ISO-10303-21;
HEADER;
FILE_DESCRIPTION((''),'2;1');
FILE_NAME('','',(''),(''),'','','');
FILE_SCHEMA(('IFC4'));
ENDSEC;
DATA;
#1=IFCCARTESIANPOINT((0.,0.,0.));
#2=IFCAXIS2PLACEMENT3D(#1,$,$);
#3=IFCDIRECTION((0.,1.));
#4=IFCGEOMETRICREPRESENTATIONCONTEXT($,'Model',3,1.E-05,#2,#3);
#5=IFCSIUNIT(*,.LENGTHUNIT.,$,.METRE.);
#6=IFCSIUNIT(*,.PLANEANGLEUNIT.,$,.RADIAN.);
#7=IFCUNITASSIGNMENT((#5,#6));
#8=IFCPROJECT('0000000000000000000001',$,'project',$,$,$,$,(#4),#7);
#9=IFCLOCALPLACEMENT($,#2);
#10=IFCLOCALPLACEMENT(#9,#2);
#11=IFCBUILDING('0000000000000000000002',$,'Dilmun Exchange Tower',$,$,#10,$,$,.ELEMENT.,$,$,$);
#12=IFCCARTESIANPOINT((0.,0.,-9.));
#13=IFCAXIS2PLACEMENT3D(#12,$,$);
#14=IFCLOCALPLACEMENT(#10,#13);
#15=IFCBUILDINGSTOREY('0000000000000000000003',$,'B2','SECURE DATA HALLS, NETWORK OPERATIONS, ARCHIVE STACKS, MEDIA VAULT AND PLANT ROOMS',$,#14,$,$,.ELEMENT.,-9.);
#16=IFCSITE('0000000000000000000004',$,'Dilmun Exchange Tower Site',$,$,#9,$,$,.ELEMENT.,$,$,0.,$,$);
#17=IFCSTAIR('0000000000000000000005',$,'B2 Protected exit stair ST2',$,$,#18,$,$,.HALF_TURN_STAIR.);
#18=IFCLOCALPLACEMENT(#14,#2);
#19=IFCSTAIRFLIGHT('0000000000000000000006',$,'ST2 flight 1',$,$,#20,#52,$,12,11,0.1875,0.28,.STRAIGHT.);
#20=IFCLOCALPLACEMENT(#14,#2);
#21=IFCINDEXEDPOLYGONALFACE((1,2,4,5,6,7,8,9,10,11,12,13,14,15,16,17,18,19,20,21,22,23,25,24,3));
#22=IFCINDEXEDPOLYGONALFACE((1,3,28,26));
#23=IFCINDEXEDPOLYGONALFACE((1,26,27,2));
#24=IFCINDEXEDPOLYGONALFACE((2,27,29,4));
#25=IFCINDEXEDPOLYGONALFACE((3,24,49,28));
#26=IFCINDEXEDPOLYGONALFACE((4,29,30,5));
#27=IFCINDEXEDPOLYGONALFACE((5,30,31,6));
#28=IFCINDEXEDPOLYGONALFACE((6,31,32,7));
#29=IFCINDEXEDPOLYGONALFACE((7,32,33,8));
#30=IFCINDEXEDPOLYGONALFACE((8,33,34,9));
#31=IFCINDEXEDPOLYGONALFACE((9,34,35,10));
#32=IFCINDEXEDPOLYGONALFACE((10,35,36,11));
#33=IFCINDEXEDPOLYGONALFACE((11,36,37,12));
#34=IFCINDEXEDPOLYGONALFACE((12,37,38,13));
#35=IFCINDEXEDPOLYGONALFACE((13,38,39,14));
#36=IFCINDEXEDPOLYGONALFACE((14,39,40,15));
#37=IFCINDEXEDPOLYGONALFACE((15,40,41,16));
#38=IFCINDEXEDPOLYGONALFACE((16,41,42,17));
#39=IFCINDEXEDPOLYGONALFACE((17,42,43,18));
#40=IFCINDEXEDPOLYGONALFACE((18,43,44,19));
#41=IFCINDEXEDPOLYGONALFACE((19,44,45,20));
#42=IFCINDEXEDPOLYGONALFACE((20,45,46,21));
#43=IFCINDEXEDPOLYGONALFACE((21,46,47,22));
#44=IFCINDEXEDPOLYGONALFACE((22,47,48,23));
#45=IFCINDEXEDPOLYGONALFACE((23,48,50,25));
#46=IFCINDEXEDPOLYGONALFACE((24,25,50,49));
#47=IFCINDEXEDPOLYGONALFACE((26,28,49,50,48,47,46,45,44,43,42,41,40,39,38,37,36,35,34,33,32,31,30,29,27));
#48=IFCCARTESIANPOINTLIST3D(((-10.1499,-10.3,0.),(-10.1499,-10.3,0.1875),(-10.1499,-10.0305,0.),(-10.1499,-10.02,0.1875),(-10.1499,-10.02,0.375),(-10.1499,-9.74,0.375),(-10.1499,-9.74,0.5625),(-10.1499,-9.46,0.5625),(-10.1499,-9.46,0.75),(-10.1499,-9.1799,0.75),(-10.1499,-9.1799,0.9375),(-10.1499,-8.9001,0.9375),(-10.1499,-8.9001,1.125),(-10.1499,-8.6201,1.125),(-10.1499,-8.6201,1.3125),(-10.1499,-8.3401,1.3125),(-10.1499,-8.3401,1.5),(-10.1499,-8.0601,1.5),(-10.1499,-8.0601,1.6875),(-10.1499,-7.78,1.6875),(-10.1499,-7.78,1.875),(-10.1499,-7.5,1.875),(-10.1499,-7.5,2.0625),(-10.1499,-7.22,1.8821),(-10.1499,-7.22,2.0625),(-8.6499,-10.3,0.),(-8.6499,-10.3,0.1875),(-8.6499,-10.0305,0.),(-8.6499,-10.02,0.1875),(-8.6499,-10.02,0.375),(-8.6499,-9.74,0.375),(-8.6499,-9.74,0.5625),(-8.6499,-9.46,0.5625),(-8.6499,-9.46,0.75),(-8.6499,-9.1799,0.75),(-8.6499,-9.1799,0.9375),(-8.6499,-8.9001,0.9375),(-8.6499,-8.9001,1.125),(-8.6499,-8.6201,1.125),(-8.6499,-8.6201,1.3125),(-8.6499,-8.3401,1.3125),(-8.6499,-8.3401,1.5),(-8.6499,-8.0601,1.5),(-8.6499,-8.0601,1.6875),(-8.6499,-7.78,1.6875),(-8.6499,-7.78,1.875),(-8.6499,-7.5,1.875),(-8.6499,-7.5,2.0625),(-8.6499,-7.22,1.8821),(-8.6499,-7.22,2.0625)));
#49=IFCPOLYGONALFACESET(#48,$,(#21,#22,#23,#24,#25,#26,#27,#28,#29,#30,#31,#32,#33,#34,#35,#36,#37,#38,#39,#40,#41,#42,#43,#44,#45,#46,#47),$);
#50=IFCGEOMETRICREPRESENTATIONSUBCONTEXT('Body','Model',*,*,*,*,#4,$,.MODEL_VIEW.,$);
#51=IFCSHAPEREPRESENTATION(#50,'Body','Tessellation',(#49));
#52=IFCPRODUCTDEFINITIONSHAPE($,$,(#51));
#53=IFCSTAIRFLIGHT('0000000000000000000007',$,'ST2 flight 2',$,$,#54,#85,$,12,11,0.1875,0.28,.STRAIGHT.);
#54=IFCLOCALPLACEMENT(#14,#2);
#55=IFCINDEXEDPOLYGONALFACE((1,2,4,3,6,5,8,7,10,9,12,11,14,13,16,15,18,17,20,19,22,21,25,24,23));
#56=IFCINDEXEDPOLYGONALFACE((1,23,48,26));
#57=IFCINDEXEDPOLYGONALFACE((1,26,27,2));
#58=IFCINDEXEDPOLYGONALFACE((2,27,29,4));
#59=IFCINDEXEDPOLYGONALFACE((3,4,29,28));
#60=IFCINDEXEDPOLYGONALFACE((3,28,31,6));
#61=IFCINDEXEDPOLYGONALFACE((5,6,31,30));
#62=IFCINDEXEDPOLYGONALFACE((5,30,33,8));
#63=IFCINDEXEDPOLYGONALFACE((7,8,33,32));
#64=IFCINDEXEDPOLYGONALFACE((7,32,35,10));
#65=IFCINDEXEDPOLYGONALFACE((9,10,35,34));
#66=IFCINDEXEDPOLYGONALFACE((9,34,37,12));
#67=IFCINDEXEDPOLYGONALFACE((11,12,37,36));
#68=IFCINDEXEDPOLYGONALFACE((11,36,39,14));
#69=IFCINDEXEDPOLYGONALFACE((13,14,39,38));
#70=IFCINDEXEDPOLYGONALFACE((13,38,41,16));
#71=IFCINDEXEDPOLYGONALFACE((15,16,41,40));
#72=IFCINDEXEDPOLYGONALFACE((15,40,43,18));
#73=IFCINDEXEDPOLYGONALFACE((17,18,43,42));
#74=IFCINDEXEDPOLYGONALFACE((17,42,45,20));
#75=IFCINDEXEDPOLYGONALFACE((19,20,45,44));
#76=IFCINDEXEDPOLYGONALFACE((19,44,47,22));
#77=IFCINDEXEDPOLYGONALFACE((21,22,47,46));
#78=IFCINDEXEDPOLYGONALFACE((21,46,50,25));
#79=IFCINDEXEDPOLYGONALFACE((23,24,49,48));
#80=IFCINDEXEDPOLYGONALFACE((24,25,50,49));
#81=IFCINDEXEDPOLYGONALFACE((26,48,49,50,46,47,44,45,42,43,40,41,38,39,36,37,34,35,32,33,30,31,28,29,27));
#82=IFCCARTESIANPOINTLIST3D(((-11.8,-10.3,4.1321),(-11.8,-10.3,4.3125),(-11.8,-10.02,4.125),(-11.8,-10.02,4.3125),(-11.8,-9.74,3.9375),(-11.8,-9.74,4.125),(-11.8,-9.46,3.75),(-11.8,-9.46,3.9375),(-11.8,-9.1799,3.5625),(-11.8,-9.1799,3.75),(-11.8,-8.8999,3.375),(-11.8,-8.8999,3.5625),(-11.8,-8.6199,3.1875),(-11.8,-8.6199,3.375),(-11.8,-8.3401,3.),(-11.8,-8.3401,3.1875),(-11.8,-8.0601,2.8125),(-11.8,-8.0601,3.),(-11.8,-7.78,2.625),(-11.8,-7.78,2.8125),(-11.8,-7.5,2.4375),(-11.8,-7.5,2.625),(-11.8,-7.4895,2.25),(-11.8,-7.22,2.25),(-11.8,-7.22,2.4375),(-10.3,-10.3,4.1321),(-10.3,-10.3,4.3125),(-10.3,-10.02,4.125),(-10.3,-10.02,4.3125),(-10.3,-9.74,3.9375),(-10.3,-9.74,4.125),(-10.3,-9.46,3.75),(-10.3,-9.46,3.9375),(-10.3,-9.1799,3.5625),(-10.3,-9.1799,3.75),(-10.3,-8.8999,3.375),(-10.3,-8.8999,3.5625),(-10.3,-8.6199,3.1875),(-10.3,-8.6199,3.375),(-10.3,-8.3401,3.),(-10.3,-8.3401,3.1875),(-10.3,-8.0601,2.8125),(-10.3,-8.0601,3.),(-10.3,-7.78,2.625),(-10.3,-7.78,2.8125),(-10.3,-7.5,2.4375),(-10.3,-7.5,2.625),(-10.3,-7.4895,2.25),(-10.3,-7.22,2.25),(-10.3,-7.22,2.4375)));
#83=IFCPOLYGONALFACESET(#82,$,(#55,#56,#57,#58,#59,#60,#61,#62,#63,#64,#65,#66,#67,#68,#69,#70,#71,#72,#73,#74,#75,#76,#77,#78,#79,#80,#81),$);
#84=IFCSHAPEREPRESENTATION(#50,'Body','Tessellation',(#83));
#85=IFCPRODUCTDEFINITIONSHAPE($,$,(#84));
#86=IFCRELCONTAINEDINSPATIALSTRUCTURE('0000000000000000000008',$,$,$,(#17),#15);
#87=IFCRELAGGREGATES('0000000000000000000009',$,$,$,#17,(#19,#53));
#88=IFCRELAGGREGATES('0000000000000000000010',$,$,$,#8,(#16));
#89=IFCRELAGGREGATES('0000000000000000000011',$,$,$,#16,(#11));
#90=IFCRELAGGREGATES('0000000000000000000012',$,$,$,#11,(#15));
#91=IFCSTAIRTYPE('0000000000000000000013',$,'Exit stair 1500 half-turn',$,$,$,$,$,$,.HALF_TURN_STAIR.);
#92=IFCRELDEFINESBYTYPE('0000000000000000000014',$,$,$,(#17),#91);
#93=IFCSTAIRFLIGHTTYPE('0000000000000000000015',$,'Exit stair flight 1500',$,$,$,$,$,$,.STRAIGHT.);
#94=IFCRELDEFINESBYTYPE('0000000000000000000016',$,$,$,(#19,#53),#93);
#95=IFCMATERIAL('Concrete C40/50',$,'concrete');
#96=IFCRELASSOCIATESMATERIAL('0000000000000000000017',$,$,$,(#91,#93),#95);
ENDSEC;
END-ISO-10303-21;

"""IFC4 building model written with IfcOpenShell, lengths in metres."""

from ifc_helpers import new_model, si_unit, direction, frame, origin, place, context, subcontext, project, spatial, polyline, outline, extrude, material, type_object, element, aggregate, save


model = new_model("IFC4")

# Units and contexts
model_context = context("Model", 3, precision=1e-05, world=origin(), true_north=direction((0.0, 1.0)))
body_context = subcontext(model_context, "Body", "Model", "MODEL_VIEW")
ifc_project = project(units=[si_unit("LENGTHUNIT", "METRE"), si_unit("PLANEANGLEUNIT", "RADIAN")], contexts=[model_context])

# Site, building, storey
site_placement = place(None, origin())
site = spatial("IfcSite", under=ifc_project, at=site_placement, Name="Dilmun Exchange Tower Site", CompositionType="ELEMENT", RefElevation=0.0)
building_placement = place(site_placement, origin())
building = spatial("IfcBuilding", under=site, at=building_placement, Name="Dilmun Exchange Tower", CompositionType="ELEMENT")
storey_placement = place(building_placement, frame((0.0, 0.0, -9.0)))
storey = spatial("IfcBuildingStorey", under=building, at=storey_placement, Name="B2", Description="SECURE DATA HALLS, NETWORK OPERATIONS, ARCHIVE STACKS, MEDIA VAULT AND PLANT ROOMS", CompositionType="ELEMENT", Elevation=-9.0)

# Shared definitions
ifc_material_1 = material(Name="Concrete C40/50", Category="concrete")

# Stair, stair flights
stair_type = type_object("IfcStairType", Name="Exit stair 1500 half-turn", PredefinedType="HALF_TURN_STAIR", material=ifc_material_1)
stair_placement = place(storey_placement, origin())
stair = element("IfcStair", 1, at=stair_placement, inside=storey, type_object=stair_type, Name="B2 Protected exit stair ST2", PredefinedType="HALF_TURN_STAIR")
stair_flight_type = type_object("IfcStairFlightType", Name="Exit stair flight 1500", PredefinedType="STRAIGHT", material=ifc_material_1)
stair_flight_1_placement = place(storey_placement, frame((-9.3999, -10.3, 0.0), z_axis=(0.0, 0.0, 1.0), x_axis=(0.0, 1.0, 0.0)))
stair_flight_1 = element("IfcStairFlight", 2, at=stair_flight_1_placement, type_object=stair_flight_type, Name="ST2 flight 1", NumberOfRisers=12, NumberOfTreads=11, PredefinedType="STRAIGHT", RiserHeight=0.1875, TreadLength=0.28, context=body_context, shape_type="SweptSolid", body=[
    extrude(outline(polyline([(0.0, 0.0), (0.0, 0.1875), (0.28, 0.1875), (0.28, 0.375), (0.5601, 0.375), (0.5601, 0.5625), (0.8401, 0.5625), (0.8401, 0.75), (1.1201, 0.75), (1.1201, 0.9375), (1.3999, 0.9375), (1.3999, 1.125), (1.6799, 1.125), (1.6799, 1.3125), (1.96, 1.3125), (1.96, 1.5), (2.24, 1.5), (2.24, 1.6875), (2.52, 1.6875), (2.52, 1.875), (2.8, 1.875), (2.8, 2.0625), (3.0801, 2.0625), (3.0801, 2.25), (3.0801, 1.8821), (0.2695, 0.0), (0.0, 0.0)])), frame((0.0, 0.75, 0.0), z_axis=(0.0, -1.0, 0.0), x_axis=(1.0, 0.0, 0.0)), (0.0, 0.0, 1.0), 1.5),
])
stair_flight_2_placement = place(storey_placement, frame((-11.05, -7.22, 2.25), z_axis=(0.0, 0.0, 1.0), x_axis=(0.0, -1.0, 0.0)))
stair_flight_2 = element("IfcStairFlight", 3, at=stair_flight_2_placement, type_object=stair_flight_type, Name="ST2 flight 2", NumberOfRisers=12, NumberOfTreads=11, PredefinedType="STRAIGHT", RiserHeight=0.1875, TreadLength=0.28, context=body_context, shape_type="SweptSolid", body=[
    extrude(outline(polyline([(0.0, 0.0), (0.0, 0.1875), (0.28, 0.1875), (0.28, 0.375), (0.5601, 0.375), (0.5601, 0.5625), (0.8401, 0.5625), (0.8401, 0.75), (1.1201, 0.75), (1.1201, 0.9375), (1.3999, 0.9375), (1.3999, 1.125), (1.6799, 1.125), (1.6799, 1.3125), (1.96, 1.3125), (1.96, 1.5), (2.24, 1.5), (2.24, 1.6875), (2.52, 1.6875), (2.52, 1.875), (2.8, 1.875), (2.8, 2.0625), (3.0801, 2.0625), (3.0801, 2.25), (3.0801, 1.8821), (0.2695, 0.0), (0.0, 0.0)])), frame((0.0, 0.75, 0.0), z_axis=(0.0, -1.0, 0.0), x_axis=(1.0, 0.0, 0.0)), (0.0, 0.0, 1.0), 1.5),
])
aggregate(stair, [stair_flight_1, stair_flight_2])

save(model, "model.ifc")
